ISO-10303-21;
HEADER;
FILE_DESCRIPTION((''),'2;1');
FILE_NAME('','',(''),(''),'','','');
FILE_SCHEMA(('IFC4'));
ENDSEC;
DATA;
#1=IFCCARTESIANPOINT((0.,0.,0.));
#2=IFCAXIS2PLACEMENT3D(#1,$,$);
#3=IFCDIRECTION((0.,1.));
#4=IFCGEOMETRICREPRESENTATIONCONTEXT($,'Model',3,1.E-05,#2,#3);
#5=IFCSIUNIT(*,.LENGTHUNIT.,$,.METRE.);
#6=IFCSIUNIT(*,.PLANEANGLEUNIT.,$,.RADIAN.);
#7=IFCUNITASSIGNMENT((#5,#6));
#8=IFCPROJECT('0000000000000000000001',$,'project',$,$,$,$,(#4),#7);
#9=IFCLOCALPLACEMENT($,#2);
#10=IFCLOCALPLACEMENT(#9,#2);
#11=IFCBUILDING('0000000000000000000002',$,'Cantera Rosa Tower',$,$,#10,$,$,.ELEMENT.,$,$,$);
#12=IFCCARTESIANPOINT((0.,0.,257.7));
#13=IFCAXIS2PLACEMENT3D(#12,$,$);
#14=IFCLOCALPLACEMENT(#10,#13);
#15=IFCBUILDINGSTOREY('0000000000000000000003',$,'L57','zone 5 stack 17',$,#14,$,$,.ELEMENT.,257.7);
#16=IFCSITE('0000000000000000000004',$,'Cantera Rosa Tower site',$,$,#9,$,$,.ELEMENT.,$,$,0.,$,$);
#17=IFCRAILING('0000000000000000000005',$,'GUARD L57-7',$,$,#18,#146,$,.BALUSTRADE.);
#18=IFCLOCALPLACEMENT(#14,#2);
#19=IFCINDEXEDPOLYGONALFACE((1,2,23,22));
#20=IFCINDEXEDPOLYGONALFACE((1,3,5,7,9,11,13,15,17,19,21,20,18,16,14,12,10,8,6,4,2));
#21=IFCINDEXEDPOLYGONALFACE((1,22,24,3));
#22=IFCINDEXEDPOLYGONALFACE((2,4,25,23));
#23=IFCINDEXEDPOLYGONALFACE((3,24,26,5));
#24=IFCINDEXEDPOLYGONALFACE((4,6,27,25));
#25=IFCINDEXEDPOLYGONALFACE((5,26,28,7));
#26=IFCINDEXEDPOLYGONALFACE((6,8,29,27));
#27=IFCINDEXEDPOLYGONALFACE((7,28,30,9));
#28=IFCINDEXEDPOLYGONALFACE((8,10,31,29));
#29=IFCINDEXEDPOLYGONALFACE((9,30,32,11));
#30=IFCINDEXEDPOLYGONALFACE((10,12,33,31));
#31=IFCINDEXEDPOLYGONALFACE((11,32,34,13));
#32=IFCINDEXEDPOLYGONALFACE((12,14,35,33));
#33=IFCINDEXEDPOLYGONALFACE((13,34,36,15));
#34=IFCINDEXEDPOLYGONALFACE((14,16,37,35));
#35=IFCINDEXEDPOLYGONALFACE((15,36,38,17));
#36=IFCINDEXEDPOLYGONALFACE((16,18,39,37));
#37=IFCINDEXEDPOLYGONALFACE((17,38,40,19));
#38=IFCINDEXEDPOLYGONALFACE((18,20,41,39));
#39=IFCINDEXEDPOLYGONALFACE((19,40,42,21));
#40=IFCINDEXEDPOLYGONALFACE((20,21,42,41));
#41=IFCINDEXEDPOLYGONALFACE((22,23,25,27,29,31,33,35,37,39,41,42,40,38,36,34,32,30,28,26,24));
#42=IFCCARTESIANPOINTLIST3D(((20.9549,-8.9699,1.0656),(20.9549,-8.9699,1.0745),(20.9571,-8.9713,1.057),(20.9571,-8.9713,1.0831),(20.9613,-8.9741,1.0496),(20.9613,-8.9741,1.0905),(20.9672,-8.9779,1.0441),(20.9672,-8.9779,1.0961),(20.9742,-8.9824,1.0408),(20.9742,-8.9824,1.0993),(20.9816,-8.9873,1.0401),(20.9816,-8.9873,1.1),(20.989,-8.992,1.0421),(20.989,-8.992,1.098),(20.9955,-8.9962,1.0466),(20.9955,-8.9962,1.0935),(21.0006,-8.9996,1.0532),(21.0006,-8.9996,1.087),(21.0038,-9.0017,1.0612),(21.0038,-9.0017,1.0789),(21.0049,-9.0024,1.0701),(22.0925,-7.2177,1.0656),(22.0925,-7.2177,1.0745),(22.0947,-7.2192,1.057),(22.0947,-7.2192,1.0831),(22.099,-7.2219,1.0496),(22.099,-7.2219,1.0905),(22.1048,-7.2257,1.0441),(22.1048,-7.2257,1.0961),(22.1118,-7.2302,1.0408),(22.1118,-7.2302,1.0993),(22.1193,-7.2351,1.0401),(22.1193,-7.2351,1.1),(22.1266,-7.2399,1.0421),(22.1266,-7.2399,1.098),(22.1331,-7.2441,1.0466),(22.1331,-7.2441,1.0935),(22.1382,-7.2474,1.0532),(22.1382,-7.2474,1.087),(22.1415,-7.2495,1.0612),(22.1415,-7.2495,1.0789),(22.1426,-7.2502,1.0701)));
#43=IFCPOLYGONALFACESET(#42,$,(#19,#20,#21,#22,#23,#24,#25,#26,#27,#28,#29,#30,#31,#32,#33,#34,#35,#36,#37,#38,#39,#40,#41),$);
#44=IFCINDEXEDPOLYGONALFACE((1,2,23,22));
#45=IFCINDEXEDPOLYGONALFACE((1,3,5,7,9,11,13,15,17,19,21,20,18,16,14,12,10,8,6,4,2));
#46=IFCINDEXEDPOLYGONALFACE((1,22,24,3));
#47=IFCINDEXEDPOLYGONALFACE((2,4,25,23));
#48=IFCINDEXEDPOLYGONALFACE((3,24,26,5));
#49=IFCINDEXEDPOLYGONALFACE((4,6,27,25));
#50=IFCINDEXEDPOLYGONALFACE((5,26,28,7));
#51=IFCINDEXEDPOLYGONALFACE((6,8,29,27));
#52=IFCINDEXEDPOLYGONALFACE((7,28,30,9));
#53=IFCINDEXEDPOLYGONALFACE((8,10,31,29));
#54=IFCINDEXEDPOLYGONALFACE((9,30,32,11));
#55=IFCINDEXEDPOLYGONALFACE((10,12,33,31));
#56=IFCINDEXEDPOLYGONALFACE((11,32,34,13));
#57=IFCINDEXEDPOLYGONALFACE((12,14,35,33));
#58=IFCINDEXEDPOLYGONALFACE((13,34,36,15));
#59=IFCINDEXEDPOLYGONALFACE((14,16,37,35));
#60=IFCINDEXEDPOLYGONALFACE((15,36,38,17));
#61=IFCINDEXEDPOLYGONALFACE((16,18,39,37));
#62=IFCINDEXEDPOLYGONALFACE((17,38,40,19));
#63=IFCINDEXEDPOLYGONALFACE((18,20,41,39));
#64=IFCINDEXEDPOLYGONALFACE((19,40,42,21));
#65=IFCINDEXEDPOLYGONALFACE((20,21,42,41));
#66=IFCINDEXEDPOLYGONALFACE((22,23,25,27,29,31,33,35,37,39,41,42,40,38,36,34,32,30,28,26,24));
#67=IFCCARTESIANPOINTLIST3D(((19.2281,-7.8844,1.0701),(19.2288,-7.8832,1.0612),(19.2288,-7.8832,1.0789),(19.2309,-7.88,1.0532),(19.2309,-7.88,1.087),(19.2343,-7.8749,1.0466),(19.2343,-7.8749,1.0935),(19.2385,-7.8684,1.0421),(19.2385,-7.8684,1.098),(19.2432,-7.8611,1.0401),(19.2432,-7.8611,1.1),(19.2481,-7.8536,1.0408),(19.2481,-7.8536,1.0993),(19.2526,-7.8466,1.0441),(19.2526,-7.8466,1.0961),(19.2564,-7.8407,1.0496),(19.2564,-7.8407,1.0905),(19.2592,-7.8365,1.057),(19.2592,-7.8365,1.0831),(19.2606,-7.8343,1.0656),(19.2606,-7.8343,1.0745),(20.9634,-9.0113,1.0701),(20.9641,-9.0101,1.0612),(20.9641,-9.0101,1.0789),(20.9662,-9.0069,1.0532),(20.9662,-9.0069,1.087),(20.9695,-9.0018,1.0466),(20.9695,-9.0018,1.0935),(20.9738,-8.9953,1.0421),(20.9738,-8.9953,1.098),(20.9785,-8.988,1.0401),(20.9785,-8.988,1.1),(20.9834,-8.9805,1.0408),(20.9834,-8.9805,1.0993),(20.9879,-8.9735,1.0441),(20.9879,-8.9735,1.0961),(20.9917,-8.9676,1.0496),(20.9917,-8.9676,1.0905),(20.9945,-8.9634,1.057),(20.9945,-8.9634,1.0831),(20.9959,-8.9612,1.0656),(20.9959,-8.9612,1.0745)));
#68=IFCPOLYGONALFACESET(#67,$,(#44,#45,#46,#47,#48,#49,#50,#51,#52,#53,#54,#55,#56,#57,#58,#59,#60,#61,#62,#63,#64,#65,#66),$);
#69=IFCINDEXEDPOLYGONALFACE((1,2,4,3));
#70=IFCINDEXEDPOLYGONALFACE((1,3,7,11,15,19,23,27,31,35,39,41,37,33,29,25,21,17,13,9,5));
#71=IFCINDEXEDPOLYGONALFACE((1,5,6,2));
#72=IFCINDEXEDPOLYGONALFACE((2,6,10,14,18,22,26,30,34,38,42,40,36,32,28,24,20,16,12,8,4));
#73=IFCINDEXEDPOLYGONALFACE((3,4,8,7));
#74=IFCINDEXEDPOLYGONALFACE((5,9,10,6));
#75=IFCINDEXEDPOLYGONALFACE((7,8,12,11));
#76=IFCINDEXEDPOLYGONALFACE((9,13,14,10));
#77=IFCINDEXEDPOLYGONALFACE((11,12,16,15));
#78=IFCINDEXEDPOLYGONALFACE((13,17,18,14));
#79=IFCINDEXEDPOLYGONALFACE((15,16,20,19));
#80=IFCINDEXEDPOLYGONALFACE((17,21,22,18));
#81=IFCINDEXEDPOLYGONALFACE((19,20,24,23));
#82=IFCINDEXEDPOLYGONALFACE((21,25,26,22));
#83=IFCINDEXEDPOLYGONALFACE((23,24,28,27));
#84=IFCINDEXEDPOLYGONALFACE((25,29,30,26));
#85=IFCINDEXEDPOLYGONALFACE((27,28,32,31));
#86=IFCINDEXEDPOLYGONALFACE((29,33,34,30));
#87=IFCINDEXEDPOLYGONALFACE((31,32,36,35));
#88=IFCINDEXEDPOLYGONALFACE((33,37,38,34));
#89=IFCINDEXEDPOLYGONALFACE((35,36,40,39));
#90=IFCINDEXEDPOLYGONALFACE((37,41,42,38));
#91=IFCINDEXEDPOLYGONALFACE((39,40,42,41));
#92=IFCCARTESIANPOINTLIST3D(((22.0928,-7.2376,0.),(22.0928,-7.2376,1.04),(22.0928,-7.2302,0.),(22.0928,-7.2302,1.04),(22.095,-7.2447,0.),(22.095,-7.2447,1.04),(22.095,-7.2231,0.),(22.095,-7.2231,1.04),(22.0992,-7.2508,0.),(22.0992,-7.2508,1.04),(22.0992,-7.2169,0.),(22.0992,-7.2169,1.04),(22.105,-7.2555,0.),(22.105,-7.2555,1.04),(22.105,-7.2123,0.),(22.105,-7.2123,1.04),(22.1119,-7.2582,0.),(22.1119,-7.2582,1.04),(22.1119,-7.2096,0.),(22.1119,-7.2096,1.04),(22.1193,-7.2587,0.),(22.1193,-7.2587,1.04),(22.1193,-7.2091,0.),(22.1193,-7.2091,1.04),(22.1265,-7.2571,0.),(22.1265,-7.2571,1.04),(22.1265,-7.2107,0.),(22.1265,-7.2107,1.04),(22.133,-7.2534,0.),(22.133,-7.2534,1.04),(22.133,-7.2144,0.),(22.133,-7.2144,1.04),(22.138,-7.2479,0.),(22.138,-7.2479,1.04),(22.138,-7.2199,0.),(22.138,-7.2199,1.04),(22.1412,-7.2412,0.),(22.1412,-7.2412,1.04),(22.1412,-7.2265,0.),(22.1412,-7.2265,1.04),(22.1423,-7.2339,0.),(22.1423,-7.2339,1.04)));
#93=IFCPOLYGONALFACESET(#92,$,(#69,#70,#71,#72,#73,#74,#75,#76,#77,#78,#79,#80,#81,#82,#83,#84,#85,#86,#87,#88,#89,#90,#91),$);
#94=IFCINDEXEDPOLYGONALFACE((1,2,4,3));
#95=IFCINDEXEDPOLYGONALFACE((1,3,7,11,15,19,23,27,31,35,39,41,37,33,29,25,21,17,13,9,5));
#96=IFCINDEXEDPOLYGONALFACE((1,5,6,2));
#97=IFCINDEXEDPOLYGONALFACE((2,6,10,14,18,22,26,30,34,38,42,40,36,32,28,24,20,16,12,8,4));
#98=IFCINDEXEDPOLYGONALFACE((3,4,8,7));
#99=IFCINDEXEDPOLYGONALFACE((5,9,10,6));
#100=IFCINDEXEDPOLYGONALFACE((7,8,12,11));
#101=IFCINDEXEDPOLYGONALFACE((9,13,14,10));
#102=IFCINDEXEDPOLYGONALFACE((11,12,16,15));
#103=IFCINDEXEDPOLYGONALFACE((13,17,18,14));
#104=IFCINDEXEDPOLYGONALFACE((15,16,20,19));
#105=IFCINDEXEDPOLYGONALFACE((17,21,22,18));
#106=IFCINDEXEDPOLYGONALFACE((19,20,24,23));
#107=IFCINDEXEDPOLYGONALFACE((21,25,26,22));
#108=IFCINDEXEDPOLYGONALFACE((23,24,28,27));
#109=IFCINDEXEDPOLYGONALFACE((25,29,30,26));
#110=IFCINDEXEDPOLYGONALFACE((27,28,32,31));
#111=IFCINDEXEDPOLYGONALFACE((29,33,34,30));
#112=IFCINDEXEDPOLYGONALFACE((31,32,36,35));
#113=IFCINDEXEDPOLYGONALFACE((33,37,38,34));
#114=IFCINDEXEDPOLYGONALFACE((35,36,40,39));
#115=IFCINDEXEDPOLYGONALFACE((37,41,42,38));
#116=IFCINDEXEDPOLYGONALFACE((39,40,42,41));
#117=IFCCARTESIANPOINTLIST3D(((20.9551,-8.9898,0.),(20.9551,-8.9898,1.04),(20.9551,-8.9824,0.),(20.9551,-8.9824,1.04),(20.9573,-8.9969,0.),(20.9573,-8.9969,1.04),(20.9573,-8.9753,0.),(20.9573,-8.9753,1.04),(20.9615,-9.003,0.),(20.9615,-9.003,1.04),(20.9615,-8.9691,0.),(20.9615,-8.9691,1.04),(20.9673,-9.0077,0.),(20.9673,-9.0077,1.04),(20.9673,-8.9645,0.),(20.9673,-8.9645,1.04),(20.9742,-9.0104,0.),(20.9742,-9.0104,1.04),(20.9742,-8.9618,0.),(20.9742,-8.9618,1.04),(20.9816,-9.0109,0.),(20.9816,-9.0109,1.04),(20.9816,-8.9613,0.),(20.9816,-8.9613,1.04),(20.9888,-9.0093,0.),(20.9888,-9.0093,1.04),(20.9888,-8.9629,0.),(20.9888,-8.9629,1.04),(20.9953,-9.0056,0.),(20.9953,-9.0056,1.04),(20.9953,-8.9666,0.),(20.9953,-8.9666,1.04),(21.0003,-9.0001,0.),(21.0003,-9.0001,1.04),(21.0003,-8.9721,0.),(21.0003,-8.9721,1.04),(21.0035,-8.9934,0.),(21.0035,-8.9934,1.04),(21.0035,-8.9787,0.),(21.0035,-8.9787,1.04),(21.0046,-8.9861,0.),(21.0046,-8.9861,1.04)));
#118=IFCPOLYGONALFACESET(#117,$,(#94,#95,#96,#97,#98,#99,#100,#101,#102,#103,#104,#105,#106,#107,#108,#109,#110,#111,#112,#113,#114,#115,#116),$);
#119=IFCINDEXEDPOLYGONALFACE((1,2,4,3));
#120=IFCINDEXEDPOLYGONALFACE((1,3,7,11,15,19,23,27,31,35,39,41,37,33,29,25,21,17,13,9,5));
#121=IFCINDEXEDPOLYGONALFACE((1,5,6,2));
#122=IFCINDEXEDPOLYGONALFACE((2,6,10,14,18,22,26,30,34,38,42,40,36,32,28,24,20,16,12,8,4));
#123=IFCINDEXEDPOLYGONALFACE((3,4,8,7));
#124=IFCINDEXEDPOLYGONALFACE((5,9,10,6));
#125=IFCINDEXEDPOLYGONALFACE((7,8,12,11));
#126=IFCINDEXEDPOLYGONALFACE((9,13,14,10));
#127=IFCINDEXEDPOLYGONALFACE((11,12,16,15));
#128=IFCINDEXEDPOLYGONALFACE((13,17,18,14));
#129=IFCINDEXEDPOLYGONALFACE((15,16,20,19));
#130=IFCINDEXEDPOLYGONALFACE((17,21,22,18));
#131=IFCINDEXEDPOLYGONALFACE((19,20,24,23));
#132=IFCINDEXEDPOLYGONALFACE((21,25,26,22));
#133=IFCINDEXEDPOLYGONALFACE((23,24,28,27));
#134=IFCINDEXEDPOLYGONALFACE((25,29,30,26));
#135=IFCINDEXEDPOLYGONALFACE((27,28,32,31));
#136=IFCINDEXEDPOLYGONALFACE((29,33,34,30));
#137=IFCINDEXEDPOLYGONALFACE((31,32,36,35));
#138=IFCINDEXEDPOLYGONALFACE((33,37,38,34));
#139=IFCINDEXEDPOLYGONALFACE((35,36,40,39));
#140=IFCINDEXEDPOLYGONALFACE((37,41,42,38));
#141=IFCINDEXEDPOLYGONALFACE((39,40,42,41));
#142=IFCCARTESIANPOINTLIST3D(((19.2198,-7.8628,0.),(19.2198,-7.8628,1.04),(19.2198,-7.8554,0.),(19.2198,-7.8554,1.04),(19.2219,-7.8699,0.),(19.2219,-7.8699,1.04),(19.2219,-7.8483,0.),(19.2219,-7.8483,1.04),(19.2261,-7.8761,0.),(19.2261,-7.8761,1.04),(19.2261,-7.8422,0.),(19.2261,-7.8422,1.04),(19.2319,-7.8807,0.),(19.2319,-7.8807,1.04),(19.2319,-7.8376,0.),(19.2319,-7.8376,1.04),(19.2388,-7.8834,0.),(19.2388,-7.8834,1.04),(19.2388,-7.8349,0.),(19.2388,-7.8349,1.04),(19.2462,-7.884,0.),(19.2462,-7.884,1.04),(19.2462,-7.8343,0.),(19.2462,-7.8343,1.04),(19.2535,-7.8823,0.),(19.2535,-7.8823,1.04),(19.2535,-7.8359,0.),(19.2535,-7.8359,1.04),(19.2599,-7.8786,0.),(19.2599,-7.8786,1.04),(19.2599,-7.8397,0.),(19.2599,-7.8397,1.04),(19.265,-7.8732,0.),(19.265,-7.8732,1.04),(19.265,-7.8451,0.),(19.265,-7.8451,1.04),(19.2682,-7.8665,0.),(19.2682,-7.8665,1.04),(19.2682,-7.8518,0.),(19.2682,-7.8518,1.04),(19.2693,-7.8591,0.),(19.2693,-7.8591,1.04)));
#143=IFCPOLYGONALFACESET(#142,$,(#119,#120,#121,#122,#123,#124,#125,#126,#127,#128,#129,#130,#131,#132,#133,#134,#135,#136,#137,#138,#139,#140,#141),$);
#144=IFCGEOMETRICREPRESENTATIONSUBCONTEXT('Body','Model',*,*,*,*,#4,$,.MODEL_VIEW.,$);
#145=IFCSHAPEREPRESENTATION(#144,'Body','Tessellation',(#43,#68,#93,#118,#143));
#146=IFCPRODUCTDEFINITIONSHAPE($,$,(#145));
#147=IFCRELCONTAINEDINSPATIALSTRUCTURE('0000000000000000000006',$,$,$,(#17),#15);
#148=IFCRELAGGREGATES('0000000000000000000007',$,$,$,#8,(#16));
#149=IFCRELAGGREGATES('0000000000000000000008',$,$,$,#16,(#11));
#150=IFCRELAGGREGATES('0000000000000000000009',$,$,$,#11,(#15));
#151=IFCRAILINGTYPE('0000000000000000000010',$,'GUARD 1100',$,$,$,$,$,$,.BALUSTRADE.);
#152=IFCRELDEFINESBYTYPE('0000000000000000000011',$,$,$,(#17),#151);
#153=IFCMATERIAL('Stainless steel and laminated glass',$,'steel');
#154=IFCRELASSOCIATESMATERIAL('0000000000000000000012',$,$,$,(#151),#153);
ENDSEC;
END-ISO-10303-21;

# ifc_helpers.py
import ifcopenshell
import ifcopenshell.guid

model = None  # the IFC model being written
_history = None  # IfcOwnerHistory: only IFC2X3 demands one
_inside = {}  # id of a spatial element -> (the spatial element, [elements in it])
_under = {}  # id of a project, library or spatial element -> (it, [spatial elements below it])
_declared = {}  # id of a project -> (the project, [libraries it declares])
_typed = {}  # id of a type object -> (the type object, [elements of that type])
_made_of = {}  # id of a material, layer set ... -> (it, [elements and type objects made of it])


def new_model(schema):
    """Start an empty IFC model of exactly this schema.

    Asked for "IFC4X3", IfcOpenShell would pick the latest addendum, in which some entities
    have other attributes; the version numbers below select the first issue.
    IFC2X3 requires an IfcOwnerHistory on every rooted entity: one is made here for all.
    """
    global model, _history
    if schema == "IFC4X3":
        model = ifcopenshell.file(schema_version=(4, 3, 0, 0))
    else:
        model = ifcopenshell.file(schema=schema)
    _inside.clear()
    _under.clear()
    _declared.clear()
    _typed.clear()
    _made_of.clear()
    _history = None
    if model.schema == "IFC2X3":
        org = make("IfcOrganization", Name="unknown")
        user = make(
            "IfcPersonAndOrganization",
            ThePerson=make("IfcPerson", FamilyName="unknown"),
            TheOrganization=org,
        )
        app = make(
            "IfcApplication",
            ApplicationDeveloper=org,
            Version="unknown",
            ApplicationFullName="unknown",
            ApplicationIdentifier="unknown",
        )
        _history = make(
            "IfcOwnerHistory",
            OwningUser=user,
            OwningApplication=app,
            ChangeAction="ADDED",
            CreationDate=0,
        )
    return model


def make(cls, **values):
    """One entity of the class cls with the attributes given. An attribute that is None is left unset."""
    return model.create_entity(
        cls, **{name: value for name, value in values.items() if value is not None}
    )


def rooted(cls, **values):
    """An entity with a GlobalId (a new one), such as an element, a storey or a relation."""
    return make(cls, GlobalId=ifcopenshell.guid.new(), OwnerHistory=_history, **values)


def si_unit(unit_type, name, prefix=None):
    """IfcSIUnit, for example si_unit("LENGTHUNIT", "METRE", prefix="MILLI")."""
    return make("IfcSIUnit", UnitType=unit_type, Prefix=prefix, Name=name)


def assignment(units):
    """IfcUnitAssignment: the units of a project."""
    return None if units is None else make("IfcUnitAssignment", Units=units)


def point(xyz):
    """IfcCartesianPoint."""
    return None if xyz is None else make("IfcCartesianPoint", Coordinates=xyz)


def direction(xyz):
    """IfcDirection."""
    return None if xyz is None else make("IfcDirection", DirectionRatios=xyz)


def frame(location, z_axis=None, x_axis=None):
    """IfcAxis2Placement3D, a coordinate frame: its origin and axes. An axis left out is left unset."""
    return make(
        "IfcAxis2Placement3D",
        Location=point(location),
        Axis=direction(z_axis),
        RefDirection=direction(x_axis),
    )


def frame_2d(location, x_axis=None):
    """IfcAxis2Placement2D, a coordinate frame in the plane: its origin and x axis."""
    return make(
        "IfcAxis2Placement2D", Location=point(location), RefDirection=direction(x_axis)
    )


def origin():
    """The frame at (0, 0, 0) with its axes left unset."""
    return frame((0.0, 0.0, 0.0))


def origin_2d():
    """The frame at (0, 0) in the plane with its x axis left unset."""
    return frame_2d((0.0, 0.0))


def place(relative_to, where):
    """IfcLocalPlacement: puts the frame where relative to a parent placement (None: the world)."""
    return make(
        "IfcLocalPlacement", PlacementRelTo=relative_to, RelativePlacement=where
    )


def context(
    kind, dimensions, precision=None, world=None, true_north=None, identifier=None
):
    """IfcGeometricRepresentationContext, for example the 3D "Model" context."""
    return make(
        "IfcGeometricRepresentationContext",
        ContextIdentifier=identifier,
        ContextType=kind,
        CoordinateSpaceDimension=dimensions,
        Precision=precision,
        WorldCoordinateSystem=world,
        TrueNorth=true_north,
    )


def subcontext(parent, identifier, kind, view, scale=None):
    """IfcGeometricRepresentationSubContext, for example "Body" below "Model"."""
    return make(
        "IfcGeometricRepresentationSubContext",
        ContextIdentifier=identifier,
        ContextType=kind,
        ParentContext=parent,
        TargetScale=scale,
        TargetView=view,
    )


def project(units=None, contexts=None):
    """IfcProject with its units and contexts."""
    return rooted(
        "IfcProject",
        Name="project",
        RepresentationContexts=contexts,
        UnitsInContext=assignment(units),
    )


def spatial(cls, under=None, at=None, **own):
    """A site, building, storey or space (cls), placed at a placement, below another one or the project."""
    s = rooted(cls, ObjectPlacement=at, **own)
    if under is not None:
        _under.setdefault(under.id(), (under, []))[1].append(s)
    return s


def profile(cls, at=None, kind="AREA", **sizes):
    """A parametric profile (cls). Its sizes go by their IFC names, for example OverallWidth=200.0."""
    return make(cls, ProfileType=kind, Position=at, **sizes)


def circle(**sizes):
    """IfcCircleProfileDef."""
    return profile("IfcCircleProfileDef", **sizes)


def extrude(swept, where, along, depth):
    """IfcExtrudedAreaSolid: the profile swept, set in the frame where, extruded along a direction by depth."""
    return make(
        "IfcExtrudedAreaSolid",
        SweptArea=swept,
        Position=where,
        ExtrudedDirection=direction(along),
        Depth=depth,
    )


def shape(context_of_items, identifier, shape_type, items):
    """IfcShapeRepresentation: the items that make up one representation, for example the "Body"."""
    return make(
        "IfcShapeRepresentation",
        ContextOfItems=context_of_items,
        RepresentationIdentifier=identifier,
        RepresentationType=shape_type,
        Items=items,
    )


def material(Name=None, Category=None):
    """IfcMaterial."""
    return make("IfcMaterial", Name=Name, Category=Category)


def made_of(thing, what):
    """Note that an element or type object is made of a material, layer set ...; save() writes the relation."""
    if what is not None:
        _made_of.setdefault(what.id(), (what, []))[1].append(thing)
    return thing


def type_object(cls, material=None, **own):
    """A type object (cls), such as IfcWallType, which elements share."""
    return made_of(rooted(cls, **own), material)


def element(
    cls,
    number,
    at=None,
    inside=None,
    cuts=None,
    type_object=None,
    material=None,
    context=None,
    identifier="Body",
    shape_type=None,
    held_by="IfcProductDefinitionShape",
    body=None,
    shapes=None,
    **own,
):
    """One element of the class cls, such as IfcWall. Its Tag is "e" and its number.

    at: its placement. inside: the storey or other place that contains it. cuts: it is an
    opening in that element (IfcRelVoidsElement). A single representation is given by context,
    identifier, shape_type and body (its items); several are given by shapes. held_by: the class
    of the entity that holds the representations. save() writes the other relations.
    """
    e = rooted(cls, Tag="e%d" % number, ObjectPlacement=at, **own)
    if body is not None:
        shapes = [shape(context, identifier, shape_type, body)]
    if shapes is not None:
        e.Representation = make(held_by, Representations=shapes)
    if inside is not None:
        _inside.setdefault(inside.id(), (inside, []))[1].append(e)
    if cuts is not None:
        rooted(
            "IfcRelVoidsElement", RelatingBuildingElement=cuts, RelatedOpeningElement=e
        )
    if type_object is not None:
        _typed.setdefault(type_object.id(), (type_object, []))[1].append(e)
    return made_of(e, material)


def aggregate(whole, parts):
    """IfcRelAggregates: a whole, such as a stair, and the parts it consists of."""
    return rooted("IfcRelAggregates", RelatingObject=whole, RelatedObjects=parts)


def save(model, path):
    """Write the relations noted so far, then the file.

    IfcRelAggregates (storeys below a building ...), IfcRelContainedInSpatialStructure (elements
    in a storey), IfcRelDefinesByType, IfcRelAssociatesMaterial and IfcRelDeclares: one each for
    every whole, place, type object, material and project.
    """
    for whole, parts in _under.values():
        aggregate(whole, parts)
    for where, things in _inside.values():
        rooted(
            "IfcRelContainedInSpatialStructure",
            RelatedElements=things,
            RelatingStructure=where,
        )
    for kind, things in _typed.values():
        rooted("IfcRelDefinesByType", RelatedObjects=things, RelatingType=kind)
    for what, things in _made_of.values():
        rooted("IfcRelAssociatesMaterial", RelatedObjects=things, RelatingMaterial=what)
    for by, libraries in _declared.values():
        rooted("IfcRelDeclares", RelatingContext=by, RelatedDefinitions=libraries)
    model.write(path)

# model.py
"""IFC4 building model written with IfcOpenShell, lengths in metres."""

from ifc_helpers import new_model, si_unit, direction, frame, origin, origin_2d, place, context, subcontext, project, spatial, circle, extrude, material, type_object, element, save


model = new_model("IFC4")

# Units and contexts
model_context = context("Model", 3, precision=1e-05, world=origin(), true_north=direction((0.0, 1.0)))
body_context = subcontext(model_context, "Body", "Model", "MODEL_VIEW")
ifc_project = project(units=[si_unit("LENGTHUNIT", "METRE"), si_unit("PLANEANGLEUNIT", "RADIAN")], contexts=[model_context])

# Site, building, storey
site_placement = place(None, origin())
site = spatial("IfcSite", under=ifc_project, at=site_placement, Name="Cantera Rosa Tower site", CompositionType="ELEMENT", RefElevation=0.0)
building_placement = place(site_placement, origin())
building = spatial("IfcBuilding", under=site, at=building_placement, Name="Cantera Rosa Tower", CompositionType="ELEMENT")
storey_placement = place(building_placement, frame((0.0, 0.0, 257.7)))
storey = spatial("IfcBuildingStorey", under=building, at=storey_placement, Name="L57", Description="zone 5 stack 17", CompositionType="ELEMENT", Elevation=257.7)

# Railing
ifc_material_1 = material(Name="Stainless steel and laminated glass", Category="steel")
railing_type = type_object("IfcRailingType", Name="GUARD 1100", PredefinedType="BALUSTRADE", material=ifc_material_1)
railing_placement = place(storey_placement, frame((22.1174, -7.2339, 0.0)))
element("IfcRailing", 1, at=railing_placement, inside=storey, type_object=railing_type, Name="GUARD L57-7", PredefinedType="BALUSTRADE", context=body_context, shape_type="SweptSolid", body=[
    extrude(circle(Radius=0.03, at=origin_2d()), frame((0.0, 0.0, 1.0701), z_axis=(-0.544573, -0.838713, 0.0), x_axis=(0.838713, -0.544573, 0.0)), (0.0, 0.0, 1.0), 2.0891),
    extrude(circle(Radius=0.03, at=origin_2d()), frame((-1.1377, -1.7522, 1.0701), z_axis=(-0.83867, 0.54464, 0.0), x_axis=(-0.54464, -0.83867, 0.0)), (0.0, 0.0, 1.0), 2.0691),
    extrude(circle(Radius=0.0249, at=origin_2d()), origin(), (0.0, 0.0, 1.0), 1.04),
    extrude(circle(Radius=0.0249, at=origin_2d()), frame((-1.1377, -1.7522, 0.0)), (0.0, 0.0, 1.0), 1.04),
    extrude(circle(Radius=0.0249, at=origin_2d()), frame((-2.873, -0.6252, 0.0)), (0.0, 0.0, 1.0), 1.04),
])

save(model, "model.ifc")
